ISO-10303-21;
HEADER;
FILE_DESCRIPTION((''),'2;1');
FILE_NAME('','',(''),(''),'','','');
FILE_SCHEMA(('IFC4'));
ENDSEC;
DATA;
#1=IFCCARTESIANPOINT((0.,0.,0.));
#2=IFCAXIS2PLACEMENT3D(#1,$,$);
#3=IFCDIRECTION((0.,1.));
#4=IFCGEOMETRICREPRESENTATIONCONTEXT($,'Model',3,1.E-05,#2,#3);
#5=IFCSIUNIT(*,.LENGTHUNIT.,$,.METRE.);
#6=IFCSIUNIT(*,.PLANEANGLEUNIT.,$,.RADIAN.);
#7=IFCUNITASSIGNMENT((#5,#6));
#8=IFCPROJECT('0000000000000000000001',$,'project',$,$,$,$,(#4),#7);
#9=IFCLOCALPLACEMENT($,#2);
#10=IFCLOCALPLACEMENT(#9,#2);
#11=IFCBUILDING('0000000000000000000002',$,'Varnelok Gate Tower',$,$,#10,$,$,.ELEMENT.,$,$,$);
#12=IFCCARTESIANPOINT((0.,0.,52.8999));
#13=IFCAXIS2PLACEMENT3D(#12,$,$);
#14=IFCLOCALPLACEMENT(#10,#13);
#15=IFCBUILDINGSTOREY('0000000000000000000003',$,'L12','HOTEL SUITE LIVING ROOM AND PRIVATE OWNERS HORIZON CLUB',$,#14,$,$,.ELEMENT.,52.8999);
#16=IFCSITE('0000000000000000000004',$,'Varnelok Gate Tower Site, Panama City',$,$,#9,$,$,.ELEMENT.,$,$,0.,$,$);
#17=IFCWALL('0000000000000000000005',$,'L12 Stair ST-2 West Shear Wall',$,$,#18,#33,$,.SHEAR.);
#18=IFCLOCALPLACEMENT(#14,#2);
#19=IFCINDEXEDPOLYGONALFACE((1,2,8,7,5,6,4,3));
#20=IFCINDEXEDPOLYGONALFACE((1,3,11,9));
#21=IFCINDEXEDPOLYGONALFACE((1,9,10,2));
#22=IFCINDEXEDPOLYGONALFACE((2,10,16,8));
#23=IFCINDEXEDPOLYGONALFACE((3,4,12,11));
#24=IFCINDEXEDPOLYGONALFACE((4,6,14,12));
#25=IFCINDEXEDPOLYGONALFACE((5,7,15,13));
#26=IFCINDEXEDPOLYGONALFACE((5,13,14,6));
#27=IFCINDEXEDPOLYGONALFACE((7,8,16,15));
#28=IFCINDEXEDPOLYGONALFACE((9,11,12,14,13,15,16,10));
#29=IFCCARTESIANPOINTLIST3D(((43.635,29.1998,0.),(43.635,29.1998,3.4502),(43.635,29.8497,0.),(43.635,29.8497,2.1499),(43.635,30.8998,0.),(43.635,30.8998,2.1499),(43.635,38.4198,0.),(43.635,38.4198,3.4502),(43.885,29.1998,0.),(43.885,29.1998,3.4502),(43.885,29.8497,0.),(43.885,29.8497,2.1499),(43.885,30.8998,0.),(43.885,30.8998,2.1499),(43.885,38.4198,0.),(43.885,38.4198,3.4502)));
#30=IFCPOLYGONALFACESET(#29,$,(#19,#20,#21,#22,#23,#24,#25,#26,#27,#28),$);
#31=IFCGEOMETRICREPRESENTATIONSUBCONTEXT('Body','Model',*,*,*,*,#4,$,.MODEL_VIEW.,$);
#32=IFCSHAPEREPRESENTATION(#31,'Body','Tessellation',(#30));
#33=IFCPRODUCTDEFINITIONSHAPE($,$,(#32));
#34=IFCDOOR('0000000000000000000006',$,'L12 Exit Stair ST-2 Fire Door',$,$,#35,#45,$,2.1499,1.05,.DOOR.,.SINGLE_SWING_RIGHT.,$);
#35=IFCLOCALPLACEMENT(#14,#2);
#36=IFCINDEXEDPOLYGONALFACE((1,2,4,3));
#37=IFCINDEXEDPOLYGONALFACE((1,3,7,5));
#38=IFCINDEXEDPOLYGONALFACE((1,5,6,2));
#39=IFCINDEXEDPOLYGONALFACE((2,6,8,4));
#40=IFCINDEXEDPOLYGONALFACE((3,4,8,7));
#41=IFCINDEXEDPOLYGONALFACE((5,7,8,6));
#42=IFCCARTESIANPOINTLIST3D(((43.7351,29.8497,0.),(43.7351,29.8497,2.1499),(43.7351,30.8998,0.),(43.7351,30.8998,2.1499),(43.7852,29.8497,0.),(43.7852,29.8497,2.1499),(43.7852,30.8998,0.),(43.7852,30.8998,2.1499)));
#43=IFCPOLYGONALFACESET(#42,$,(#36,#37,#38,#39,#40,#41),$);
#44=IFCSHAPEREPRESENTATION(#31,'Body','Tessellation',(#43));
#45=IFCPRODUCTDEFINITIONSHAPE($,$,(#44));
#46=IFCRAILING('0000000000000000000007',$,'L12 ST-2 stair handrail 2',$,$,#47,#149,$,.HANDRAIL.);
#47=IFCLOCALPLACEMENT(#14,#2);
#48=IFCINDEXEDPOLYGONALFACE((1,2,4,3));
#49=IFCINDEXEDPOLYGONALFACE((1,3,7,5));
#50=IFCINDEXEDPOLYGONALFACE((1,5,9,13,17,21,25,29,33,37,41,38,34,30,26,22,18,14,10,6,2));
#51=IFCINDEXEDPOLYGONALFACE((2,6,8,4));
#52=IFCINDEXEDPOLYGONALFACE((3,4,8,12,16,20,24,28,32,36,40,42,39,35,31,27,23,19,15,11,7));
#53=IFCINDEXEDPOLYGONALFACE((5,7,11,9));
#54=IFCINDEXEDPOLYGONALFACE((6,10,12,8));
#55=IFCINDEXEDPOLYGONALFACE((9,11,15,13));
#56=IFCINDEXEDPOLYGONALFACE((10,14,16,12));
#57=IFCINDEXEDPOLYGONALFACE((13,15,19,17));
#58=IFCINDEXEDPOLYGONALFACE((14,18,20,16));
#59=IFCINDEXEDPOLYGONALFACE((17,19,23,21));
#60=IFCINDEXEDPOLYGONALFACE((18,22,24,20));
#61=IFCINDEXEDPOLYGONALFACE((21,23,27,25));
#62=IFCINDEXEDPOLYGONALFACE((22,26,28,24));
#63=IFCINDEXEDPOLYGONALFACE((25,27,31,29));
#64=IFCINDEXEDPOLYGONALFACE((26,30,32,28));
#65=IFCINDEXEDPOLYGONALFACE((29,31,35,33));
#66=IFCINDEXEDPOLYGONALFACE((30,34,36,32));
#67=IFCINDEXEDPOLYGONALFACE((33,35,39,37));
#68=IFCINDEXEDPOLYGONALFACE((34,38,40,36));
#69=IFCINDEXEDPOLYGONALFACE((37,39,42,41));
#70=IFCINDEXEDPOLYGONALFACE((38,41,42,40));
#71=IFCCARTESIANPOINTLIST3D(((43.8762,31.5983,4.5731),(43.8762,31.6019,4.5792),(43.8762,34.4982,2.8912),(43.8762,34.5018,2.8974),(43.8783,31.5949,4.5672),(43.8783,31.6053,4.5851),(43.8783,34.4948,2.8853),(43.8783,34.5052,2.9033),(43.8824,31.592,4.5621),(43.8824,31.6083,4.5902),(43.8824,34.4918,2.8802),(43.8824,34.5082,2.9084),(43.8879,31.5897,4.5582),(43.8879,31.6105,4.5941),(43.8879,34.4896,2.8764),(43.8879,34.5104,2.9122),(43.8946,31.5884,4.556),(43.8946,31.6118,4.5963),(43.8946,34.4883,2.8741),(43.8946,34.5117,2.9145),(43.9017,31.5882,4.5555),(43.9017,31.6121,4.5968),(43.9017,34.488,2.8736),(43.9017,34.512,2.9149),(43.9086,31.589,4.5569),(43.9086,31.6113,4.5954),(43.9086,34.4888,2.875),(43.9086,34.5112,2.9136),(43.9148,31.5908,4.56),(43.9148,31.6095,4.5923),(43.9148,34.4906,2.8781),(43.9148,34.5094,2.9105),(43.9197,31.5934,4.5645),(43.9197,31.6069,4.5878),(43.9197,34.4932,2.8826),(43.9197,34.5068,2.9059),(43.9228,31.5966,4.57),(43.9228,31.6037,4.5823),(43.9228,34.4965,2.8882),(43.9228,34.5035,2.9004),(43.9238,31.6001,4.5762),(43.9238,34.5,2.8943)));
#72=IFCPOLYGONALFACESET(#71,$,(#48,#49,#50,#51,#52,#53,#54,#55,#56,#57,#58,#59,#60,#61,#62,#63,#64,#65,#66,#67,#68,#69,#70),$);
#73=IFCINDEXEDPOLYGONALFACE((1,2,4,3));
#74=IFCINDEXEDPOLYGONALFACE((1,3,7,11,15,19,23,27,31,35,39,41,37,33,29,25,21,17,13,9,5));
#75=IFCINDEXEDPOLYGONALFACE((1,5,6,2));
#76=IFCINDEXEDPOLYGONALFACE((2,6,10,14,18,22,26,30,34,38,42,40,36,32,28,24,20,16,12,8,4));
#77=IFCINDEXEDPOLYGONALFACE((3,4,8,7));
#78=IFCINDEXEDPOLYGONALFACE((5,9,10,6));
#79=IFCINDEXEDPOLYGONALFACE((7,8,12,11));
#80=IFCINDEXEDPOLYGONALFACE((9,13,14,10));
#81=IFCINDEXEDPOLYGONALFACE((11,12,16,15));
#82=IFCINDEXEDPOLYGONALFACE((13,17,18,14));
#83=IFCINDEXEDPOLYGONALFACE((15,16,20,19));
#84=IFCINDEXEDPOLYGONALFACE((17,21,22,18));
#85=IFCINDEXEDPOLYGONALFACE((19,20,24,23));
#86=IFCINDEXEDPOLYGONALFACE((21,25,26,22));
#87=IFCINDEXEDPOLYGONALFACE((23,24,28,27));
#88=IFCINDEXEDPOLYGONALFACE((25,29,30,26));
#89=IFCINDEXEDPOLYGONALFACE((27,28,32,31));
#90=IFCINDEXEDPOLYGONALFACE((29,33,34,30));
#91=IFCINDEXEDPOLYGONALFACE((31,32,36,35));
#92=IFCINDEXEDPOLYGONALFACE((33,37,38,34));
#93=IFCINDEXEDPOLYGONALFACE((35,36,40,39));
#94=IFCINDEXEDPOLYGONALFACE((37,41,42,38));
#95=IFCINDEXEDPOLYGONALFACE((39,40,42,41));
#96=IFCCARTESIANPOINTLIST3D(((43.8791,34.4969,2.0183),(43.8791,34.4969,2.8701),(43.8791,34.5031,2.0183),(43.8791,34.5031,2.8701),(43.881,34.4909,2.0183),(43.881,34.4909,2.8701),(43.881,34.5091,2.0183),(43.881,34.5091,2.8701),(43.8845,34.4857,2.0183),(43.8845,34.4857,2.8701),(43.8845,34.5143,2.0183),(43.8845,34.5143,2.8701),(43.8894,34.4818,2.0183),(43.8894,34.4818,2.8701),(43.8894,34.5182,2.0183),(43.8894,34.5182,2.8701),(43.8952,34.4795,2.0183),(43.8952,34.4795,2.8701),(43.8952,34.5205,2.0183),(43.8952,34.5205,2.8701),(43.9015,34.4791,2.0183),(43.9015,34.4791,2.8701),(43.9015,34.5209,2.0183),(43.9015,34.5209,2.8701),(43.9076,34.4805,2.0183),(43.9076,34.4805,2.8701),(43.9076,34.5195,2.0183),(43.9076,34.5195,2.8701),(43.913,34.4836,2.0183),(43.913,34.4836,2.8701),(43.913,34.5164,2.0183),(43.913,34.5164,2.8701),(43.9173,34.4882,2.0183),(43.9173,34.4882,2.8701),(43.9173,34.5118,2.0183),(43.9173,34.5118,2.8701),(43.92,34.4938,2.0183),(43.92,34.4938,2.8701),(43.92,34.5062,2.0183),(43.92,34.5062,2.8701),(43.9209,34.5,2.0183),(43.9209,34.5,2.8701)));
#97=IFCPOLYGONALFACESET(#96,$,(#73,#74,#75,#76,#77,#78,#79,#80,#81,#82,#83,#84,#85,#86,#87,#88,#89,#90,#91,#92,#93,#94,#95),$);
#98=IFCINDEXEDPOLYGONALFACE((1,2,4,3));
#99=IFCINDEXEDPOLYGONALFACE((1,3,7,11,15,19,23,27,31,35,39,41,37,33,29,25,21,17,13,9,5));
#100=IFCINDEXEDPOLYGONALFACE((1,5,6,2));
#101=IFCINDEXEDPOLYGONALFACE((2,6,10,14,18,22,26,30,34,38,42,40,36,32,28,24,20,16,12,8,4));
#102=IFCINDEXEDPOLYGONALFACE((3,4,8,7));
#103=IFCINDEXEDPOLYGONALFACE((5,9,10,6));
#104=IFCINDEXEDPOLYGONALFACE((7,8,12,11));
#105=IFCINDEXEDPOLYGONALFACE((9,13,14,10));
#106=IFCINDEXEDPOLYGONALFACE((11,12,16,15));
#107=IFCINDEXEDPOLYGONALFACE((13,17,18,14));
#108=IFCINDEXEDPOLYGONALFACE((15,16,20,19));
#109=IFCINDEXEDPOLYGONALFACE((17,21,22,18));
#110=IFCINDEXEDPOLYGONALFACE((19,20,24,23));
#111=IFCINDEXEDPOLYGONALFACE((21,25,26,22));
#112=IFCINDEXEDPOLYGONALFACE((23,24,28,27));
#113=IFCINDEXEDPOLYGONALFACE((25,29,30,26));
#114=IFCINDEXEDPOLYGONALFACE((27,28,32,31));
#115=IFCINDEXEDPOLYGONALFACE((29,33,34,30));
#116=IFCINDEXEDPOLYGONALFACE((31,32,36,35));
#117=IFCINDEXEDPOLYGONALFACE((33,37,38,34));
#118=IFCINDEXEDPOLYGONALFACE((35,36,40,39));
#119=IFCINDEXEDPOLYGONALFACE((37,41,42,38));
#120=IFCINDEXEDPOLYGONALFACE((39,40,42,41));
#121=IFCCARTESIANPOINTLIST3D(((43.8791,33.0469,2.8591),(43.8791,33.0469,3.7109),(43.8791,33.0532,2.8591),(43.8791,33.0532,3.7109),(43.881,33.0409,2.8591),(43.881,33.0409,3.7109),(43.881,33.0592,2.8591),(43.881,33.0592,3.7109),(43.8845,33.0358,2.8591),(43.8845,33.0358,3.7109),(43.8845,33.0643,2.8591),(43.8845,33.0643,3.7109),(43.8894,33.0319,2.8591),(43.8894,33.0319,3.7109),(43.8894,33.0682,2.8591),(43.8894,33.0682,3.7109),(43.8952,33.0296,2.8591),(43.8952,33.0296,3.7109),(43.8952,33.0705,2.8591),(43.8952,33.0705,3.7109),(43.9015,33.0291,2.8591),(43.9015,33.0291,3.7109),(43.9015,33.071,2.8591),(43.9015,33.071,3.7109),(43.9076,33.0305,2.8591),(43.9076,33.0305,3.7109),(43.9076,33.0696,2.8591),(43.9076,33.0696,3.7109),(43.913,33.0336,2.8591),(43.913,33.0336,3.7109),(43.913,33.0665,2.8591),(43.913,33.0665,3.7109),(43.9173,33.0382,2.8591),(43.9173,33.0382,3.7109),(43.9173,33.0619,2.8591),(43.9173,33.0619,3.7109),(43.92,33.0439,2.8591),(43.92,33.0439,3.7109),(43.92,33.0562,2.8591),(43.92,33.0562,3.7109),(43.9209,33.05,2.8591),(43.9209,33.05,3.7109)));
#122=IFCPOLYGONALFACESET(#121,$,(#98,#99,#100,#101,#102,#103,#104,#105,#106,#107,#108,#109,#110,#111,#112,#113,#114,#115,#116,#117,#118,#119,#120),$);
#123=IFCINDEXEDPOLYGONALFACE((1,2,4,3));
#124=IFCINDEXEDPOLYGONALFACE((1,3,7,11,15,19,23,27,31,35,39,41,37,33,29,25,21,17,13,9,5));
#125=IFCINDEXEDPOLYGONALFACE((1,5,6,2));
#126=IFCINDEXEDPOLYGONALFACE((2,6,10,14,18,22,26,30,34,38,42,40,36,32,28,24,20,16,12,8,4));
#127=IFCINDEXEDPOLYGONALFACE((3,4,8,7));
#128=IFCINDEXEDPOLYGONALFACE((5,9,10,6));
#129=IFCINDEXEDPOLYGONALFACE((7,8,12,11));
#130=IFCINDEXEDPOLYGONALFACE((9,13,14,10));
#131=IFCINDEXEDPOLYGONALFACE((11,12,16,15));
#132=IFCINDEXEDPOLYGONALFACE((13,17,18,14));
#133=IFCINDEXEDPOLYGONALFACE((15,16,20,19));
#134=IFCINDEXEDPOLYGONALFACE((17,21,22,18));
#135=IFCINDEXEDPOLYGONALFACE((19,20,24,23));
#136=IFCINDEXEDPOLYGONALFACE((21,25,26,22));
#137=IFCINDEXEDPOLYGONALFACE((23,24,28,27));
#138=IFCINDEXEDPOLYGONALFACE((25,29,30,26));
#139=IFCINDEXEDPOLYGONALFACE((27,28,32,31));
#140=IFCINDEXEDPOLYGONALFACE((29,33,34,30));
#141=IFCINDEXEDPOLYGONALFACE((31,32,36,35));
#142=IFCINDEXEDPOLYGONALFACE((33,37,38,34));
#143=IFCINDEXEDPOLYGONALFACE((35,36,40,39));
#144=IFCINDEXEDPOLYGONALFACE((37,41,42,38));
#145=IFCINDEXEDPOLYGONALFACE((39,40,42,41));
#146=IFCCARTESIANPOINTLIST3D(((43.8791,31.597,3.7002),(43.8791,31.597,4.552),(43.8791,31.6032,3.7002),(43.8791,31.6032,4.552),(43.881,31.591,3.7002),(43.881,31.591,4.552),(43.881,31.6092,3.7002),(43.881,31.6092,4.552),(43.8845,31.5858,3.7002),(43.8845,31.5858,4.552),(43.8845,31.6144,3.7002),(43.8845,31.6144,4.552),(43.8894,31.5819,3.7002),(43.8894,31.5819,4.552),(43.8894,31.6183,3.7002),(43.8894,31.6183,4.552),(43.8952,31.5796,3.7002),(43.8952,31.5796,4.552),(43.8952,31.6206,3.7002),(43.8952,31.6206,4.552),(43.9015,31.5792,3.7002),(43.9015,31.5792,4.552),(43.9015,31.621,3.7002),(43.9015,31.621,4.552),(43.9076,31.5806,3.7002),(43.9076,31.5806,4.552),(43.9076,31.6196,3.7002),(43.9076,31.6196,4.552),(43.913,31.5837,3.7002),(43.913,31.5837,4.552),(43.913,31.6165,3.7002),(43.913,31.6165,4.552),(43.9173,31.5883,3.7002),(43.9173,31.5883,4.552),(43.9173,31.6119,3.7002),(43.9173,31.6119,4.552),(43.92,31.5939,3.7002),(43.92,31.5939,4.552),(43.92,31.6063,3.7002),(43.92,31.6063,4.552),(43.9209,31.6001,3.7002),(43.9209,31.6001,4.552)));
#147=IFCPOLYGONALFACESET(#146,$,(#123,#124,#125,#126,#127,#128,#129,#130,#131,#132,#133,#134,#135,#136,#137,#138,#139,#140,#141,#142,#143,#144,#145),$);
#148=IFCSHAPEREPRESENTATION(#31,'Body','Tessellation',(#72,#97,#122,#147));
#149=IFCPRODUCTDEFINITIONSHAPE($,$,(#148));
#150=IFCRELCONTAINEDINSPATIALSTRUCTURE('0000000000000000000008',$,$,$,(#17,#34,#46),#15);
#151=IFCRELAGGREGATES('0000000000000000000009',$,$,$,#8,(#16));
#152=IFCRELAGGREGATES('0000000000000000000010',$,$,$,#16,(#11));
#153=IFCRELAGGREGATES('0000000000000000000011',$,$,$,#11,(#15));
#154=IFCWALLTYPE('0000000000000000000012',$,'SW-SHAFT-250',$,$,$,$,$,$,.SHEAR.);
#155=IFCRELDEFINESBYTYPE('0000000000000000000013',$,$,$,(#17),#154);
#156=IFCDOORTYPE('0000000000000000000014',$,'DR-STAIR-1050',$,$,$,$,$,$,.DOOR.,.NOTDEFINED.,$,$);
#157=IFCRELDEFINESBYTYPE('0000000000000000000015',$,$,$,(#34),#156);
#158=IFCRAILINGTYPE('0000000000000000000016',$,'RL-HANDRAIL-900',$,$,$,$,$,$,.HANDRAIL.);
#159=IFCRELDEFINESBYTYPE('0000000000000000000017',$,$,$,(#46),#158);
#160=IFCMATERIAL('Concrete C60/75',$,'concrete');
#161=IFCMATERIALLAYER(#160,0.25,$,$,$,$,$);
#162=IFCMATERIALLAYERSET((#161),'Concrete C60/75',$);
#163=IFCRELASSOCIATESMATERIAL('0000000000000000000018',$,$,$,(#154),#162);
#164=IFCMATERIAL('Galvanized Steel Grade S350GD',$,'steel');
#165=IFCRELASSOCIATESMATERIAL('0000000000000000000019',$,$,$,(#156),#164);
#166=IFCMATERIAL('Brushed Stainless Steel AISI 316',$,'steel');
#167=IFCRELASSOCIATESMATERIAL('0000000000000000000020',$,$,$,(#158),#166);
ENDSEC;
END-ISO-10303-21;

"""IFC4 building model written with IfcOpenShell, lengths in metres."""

from ifc_helpers import new_model, si_unit, direction, frame, frame_2d, origin, origin_2d, place, context, subcontext, project, spatial, rectangle, circle, extrude, material, layer, layer_set, type_object, element, fill, save


model = new_model("IFC4")

# Units and contexts
model_context = context("Model", 3, precision=1e-05, world=origin(), true_north=direction((0.0, 1.0)))
body_context = subcontext(model_context, "Body", "Model", "MODEL_VIEW")
ifc_project = project(units=[si_unit("LENGTHUNIT", "METRE"), si_unit("PLANEANGLEUNIT", "RADIAN")], contexts=[model_context])

# Site, building, storey
site_placement = place(None, origin())
site = spatial("IfcSite", under=ifc_project, at=site_placement, Name="Varnelok Gate Tower Site, Panama City", CompositionType="ELEMENT", RefElevation=0.0)
building_placement = place(site_placement, origin())
building = spatial("IfcBuilding", under=site, at=building_placement, Name="Varnelok Gate Tower", CompositionType="ELEMENT")
storey_placement = place(building_placement, frame((0.0, 0.0, 52.8999)))
storey = spatial("IfcBuildingStorey", under=building, at=storey_placement, Name="L12", Description="HOTEL SUITE LIVING ROOM AND PRIVATE OWNERS HORIZON CLUB", CompositionType="ELEMENT", Elevation=52.8999)

# Shared definitions
ifc_material_1 = material(Name="Galvanized Steel Grade S350GD", Category="steel")

# Wall, opening, door
ifc_material_2 = material(Name="Concrete C60/75", Category="concrete")
ifc_layer_1 = layer(ifc_material_2, 0.25)
ifc_layer_set_1 = layer_set([ifc_layer_1], Name="Concrete C60/75")
wall_type_1 = type_object("IfcWallType", Name="SW-SHAFT-250", PredefinedType="SHEAR", material=ifc_layer_set_1)
wall_1_placement = place(storey_placement, frame((43.76, 29.2, 0.0), z_axis=(0.0, 0.0, 1.0), x_axis=(0.0, 1.0, 0.0)))
wall_1 = element("IfcWall", 1, at=wall_1_placement, inside=storey, type_object=wall_type_1, Name="L12 Stair ST-2 West Shear Wall", PredefinedType="SHEAR", context=body_context, shape_type="SweptSolid", body=[
    extrude(rectangle(XDim=9.22, YDim=0.25, at=frame_2d((4.6099, 0.0))), origin(), (0.0, 0.0, 1.0), 3.4502),
])
opening_1_placement = place(wall_1_placement, frame((0.6499, 0.0, 0.0)))
opening_1 = element("IfcOpeningElement", 2, at=opening_1_placement, cuts=wall_1, PredefinedType="OPENING", context=body_context, shape_type="SweptSolid", body=[
    extrude(rectangle(XDim=1.05, YDim=2.1499, at=frame_2d((0.5249, 1.075))), frame((0.0, 0.135, 0.0), z_axis=(0.0, -1.0, 0.0), x_axis=(1.0, 0.0, 0.0)), (0.0, 0.0, 1.0), 0.27),
])
door_type_1 = type_object("IfcDoorType", Name="DR-STAIR-1050", OperationType="NOTDEFINED", PredefinedType="DOOR", material=ifc_material_1)
door_1_placement = place(opening_1_placement, origin())
door_1 = element("IfcDoor", 3, at=door_1_placement, inside=storey, type_object=door_type_1, Name="L12 Exit Stair ST-2 Fire Door", OperationType="SINGLE_SWING_RIGHT", OverallHeight=2.1499, OverallWidth=1.05, PredefinedType="DOOR", context=body_context, shape_type="SweptSolid", body=[
    extrude(rectangle(XDim=1.05, YDim=2.1499, at=frame_2d((0.5249, 1.075))), frame((0.0, 0.0249, 0.0), z_axis=(0.0, -1.0, 0.0), x_axis=(1.0, 0.0, 0.0)), (0.0, 0.0, 1.0), 0.05),
])
fill(opening_1, door_1)

# Railing
ifc_material_3 = material(Name="Brushed Stainless Steel AISI 316", Category="steel")
railing_type_1 = type_object("IfcRailingType", Name="RL-HANDRAIL-900", PredefinedType="HANDRAIL", material=ifc_material_3)
railing_1_placement = place(storey_placement, frame((43.8999, 34.5, 2.0183)))
element("IfcRailing", 4, at=railing_1_placement, inside=storey, type_object=railing_type_1, Name="L12 ST-2 stair handrail 2", PredefinedType="HANDRAIL", context=body_context, shape_type="SweptSolid", body=[
    extrude(circle(Radius=0.0239, at=origin_2d()), frame((0.0, 0.0, 0.876), z_axis=(0.0, -0.865039, 0.501705), x_axis=(1.0, 0.0, 0.0)), (0.0, 0.0, 1.0), 3.3523),
    extrude(circle(Radius=0.021, at=origin_2d()), origin(), (0.0, 0.0, 1.0), 0.8518),
    extrude(circle(Radius=0.021, at=origin_2d()), frame((0.0, -1.45, 0.8408)), (0.0, 0.0, 1.0), 0.8518),
    extrude(circle(Radius=0.021, at=origin_2d()), frame((0.0, -2.8999, 1.6819)), (0.0, 0.0, 1.0), 0.8518),
])

save(model, "model.ifc")
